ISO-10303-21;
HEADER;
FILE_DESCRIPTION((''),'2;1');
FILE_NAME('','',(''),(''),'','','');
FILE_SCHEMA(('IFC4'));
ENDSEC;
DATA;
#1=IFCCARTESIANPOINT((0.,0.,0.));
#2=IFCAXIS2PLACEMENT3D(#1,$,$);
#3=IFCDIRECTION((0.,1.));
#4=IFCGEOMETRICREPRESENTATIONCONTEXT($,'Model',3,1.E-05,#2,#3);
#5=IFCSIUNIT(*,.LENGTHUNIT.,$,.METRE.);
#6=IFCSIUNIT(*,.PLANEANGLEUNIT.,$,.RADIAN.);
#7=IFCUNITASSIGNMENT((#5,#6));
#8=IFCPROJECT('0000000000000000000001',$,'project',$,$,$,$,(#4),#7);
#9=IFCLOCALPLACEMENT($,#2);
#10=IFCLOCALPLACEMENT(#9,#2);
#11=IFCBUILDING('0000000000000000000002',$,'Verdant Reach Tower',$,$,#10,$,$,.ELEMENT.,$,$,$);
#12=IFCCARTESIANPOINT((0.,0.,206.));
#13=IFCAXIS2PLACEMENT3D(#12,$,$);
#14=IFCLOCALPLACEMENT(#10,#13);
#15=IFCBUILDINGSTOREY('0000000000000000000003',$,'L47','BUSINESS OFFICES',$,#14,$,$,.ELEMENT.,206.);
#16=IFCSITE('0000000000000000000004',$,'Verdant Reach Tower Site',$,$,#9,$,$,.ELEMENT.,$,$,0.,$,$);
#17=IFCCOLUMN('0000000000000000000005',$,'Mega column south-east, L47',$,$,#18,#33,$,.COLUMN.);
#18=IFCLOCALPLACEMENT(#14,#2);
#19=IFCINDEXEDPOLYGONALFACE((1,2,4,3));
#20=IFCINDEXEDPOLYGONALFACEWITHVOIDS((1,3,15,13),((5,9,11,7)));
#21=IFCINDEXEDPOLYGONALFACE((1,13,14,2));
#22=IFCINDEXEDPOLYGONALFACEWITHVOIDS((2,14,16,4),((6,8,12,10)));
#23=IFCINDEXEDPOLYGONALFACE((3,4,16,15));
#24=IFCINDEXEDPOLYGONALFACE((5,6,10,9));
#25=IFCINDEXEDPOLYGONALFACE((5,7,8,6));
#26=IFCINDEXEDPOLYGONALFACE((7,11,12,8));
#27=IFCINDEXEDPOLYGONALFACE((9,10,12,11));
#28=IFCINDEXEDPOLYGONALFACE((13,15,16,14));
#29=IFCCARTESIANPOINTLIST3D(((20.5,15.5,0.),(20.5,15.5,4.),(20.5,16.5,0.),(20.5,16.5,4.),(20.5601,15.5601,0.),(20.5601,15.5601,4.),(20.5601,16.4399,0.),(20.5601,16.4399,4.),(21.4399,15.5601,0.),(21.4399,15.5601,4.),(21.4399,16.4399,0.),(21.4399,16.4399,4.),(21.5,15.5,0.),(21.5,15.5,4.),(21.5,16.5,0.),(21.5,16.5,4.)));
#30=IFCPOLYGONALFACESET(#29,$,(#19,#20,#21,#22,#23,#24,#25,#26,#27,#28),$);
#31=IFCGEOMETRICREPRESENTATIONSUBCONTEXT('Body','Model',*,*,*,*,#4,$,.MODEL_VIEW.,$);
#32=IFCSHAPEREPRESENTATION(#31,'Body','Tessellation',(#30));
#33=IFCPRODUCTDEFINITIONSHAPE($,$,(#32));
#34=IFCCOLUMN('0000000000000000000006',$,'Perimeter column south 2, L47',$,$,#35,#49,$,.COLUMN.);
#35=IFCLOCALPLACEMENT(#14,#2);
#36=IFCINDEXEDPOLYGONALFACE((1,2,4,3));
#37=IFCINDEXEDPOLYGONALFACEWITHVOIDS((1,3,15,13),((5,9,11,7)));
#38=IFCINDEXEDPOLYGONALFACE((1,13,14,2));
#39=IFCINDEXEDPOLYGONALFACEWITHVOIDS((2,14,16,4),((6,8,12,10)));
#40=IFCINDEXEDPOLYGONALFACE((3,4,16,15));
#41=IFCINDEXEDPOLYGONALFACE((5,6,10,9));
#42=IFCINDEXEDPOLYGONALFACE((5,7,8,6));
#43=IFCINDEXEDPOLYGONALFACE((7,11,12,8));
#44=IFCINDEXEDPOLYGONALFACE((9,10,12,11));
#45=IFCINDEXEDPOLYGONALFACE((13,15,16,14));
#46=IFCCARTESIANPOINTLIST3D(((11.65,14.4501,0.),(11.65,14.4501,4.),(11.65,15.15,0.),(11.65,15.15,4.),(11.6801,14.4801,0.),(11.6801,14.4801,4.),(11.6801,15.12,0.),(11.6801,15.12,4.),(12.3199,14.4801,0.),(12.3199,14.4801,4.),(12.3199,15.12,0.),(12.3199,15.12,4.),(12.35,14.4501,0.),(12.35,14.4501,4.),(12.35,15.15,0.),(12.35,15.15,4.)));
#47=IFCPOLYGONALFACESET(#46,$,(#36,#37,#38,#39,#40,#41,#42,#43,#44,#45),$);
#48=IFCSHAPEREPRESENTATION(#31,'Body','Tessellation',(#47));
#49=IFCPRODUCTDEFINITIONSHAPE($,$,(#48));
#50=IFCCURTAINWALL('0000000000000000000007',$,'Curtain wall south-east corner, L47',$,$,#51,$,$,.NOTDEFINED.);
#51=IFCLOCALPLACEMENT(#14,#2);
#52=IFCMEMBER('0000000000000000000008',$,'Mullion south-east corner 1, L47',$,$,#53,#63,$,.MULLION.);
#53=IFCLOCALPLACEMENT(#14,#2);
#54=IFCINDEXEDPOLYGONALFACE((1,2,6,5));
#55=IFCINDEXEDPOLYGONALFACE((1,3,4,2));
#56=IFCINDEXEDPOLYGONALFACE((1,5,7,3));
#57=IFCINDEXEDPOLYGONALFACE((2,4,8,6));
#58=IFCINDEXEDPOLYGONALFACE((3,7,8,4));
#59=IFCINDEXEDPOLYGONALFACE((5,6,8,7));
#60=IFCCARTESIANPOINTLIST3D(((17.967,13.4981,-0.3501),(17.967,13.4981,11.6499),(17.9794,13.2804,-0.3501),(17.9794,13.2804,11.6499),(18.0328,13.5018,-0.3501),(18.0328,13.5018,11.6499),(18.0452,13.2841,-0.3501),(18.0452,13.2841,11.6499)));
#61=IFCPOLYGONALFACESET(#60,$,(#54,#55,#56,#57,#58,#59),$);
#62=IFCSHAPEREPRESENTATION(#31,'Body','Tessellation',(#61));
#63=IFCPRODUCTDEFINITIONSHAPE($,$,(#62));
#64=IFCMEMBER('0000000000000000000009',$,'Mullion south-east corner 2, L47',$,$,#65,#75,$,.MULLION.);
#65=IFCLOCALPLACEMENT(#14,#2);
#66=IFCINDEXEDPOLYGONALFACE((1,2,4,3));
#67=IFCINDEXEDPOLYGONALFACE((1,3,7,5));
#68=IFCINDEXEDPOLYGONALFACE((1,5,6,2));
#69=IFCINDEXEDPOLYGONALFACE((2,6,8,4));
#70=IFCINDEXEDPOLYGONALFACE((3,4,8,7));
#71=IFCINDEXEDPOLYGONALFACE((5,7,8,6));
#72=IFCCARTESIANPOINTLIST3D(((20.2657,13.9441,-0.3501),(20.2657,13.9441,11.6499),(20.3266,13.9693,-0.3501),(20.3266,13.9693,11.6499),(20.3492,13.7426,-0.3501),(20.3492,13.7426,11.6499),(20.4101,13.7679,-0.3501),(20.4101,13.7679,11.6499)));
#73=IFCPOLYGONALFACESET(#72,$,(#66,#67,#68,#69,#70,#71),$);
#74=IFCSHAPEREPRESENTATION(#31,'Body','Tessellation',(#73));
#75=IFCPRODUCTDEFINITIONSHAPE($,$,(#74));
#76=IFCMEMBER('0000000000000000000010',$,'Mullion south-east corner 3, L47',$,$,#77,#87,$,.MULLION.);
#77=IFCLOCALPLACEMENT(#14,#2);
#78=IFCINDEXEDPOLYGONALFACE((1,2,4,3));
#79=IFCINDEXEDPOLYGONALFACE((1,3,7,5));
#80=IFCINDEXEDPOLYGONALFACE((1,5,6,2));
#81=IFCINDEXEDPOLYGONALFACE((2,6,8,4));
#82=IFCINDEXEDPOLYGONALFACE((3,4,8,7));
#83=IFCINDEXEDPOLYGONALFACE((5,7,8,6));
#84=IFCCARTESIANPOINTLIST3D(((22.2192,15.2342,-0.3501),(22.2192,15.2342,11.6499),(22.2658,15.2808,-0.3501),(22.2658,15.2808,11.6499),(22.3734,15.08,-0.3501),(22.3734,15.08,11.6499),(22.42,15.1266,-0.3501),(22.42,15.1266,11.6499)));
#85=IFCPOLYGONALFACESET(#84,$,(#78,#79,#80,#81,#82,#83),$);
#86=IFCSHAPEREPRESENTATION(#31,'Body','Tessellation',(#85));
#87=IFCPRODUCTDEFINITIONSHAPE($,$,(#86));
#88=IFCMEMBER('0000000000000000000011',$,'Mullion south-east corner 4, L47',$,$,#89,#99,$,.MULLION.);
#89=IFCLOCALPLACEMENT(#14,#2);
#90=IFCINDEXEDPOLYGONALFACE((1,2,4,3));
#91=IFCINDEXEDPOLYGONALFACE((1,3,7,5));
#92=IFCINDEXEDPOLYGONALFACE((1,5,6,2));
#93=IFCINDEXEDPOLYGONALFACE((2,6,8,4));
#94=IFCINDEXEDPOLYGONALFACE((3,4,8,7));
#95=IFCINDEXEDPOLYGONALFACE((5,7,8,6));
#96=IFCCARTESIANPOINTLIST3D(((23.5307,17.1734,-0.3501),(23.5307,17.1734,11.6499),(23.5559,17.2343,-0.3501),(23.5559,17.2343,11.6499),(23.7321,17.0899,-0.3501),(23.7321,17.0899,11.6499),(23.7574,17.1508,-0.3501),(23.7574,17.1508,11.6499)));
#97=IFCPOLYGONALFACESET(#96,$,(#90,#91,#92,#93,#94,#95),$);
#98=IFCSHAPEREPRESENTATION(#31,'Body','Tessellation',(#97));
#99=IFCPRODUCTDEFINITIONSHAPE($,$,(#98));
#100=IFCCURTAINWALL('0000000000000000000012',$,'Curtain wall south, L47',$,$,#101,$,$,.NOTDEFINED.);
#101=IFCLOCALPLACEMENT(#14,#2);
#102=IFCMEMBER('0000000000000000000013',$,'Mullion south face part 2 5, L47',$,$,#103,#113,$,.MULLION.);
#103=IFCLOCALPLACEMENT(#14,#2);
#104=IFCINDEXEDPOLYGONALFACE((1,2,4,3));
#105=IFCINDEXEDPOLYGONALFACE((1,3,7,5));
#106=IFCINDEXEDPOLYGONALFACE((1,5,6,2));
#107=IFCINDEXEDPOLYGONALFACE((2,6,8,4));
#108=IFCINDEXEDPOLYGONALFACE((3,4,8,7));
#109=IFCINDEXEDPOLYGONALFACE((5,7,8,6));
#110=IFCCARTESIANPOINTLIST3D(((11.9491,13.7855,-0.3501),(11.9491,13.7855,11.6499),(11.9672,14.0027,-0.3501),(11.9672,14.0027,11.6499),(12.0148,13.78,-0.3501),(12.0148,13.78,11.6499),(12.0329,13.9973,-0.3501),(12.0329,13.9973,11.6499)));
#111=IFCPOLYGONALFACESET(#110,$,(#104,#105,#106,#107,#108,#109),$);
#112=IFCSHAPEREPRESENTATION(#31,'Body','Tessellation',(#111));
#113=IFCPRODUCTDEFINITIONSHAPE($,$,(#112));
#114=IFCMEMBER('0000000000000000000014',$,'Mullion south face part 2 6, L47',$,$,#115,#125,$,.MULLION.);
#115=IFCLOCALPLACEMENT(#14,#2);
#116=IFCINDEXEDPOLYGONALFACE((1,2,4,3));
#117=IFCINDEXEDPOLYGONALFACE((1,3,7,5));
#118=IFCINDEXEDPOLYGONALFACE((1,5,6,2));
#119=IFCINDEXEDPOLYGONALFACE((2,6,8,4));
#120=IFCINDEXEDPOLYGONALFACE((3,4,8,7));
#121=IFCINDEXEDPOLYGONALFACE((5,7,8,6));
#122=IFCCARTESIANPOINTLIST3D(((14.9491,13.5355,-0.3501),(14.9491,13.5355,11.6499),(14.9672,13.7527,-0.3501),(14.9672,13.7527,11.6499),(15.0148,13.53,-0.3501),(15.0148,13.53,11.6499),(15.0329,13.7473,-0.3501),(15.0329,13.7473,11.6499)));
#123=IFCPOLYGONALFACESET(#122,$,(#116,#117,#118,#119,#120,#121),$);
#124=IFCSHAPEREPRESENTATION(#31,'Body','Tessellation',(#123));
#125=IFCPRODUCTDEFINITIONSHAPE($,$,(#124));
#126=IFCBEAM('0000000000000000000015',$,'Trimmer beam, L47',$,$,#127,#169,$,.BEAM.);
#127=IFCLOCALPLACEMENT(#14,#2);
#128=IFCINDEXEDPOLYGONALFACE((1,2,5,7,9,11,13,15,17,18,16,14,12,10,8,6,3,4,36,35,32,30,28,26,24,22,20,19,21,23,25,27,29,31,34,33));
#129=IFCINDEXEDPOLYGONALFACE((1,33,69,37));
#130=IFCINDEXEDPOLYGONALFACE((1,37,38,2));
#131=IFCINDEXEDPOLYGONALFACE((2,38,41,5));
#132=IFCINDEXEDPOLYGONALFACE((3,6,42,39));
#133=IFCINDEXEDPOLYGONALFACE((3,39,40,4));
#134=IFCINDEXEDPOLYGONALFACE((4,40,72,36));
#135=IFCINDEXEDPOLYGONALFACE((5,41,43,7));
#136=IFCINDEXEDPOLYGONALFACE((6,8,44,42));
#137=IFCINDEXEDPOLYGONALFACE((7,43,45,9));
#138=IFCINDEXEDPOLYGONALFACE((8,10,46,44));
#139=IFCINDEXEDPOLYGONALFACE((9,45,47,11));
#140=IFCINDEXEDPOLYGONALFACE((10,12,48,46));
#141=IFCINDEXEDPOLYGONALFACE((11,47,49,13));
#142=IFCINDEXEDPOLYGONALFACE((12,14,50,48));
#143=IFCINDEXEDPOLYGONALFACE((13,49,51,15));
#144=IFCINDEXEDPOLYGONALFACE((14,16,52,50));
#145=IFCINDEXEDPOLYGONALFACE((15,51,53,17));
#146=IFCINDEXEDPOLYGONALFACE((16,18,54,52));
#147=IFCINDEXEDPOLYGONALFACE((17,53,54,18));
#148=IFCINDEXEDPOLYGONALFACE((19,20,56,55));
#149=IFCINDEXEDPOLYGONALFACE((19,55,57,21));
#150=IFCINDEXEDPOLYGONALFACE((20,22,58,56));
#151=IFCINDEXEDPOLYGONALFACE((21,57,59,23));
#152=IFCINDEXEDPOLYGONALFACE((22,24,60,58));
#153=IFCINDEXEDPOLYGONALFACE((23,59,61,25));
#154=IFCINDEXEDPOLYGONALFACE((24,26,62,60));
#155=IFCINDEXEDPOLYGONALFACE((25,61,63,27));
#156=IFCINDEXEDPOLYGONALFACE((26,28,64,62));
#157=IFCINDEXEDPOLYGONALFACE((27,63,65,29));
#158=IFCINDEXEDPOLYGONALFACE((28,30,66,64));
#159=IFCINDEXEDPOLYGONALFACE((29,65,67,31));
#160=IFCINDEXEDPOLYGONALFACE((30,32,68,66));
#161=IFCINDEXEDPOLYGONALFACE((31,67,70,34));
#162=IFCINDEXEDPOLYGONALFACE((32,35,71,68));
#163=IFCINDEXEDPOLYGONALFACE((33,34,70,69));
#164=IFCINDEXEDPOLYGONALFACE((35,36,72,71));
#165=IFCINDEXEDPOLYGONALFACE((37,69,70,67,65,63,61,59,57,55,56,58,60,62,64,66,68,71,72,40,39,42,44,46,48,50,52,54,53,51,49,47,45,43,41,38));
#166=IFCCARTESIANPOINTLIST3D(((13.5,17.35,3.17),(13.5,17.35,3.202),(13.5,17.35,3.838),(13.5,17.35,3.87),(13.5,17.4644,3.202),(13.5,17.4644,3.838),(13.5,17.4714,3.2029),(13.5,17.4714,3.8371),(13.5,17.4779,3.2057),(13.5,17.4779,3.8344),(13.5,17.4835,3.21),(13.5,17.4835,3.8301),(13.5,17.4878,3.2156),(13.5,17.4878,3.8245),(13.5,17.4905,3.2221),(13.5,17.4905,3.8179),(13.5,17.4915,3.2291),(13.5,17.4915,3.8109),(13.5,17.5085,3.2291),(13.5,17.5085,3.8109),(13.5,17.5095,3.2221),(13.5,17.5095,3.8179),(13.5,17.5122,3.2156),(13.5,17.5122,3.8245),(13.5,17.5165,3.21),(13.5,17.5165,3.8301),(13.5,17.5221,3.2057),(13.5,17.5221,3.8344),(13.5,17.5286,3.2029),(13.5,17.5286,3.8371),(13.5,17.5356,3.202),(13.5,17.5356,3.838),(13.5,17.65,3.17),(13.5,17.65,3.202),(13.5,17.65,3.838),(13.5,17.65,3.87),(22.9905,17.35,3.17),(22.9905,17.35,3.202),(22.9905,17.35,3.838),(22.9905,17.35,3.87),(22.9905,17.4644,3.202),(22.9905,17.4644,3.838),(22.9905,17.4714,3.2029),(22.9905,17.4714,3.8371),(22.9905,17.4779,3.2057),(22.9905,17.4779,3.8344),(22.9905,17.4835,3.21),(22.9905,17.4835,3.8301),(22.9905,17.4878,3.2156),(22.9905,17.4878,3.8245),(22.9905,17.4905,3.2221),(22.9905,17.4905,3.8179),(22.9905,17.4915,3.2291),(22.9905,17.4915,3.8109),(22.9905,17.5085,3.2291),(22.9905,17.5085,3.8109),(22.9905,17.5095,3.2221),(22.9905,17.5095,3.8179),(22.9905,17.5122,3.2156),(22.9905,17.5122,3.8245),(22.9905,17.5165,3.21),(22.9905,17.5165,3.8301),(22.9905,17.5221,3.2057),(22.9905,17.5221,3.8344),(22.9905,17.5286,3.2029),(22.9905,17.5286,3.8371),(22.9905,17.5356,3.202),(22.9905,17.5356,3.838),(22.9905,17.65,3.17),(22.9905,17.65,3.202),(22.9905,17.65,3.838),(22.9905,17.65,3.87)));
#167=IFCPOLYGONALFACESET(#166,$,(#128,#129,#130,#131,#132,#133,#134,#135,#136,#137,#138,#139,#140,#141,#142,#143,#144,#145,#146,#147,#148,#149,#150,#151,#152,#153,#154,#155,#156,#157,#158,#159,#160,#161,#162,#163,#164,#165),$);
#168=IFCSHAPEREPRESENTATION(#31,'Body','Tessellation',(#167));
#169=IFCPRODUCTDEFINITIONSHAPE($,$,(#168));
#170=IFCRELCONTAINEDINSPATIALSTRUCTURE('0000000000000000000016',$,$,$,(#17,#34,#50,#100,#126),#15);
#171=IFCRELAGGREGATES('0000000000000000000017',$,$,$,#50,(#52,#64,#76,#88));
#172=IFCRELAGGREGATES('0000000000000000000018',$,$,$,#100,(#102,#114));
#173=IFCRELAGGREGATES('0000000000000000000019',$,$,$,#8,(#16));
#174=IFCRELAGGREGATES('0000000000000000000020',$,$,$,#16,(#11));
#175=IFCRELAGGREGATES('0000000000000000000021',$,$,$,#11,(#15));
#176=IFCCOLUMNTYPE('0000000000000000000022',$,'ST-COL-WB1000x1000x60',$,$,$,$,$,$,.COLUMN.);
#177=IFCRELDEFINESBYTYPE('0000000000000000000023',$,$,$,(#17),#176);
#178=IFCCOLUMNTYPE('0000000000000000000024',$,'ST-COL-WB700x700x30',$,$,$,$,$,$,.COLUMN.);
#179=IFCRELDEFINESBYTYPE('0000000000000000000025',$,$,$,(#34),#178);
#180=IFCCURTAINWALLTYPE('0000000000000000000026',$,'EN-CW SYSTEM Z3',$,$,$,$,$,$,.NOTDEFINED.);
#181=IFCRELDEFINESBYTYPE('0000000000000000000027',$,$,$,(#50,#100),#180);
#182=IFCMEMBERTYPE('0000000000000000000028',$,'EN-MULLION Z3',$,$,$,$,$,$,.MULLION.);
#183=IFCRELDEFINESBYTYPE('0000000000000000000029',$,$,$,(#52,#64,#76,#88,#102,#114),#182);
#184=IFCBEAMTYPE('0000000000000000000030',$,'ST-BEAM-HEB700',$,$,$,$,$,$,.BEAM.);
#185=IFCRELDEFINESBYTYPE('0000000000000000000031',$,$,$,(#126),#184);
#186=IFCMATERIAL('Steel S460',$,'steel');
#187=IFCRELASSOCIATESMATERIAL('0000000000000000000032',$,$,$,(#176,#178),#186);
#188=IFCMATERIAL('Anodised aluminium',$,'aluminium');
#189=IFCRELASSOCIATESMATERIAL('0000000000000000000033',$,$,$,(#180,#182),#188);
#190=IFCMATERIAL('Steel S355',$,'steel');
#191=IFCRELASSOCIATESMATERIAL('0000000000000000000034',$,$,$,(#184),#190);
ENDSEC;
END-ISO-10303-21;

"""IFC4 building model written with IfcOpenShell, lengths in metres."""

from ifc_helpers import new_model, si_unit, direction, frame, origin, origin_2d, place, context, subcontext, project, spatial, rectangle, hollow_rectangle, i_section, extrude, material, material_profile, profile_set, type_object, element, aggregate, save


model = new_model("IFC4")

# Units and contexts
model_context = context("Model", 3, precision=1e-05, world=origin(), true_north=direction((0.0, 1.0)))
body_context = subcontext(model_context, "Body", "Model", "MODEL_VIEW")
ifc_project = project(units=[si_unit("LENGTHUNIT", "METRE"), si_unit("PLANEANGLEUNIT", "RADIAN")], contexts=[model_context])

# Site, building, storey
site_placement = place(None, origin())
site = spatial("IfcSite", under=ifc_project, at=site_placement, Name="Verdant Reach Tower Site", CompositionType="ELEMENT", RefElevation=0.0)
building_placement = place(site_placement, origin())
building = spatial("IfcBuilding", under=site, at=building_placement, Name="Verdant Reach Tower", CompositionType="ELEMENT")
storey_placement = place(building_placement, frame((0.0, 0.0, 206.0)))
storey = spatial("IfcBuildingStorey", under=building, at=storey_placement, Name="L47", Description="BUSINESS OFFICES", CompositionType="ELEMENT", Elevation=206.0)

# Columns
ifc_material_1 = material(Name="Steel S460", Category="steel")
ifc_material_profile_1 = material_profile(ifc_material_1, hollow_rectangle(XDim=1.0, YDim=1.0, WallThickness=0.0601, at=origin_2d()), Name="WB 1000x1000x60")
ifc_profile_set_1 = profile_set([ifc_material_profile_1], Name="Steel S460")
column_type_1 = type_object("IfcColumnType", Name="ST-COL-WB1000x1000x60", PredefinedType="COLUMN", material=ifc_profile_set_1)
column_1_placement = place(storey_placement, frame((21.0, 16.0, 0.0), z_axis=(0.0, 0.0, 1.0), x_axis=(1.0, 0.0, 0.0)))
element("IfcColumn", 1, at=column_1_placement, inside=storey, type_object=column_type_1, Name="Mega column south-east, L47", PredefinedType="COLUMN", context=body_context, shape_type="SweptSolid", body=[
    extrude(hollow_rectangle(XDim=1.0, YDim=1.0, WallThickness=0.0601, at=origin_2d()), origin(), (0.0, 0.0, 1.0), 4.0),
])
ifc_material_profile_2 = material_profile(ifc_material_1, hollow_rectangle(XDim=0.7, YDim=0.7, WallThickness=0.03, at=origin_2d()), Name="WB 700x700x30")
ifc_profile_set_2 = profile_set([ifc_material_profile_2], Name="Steel S460")
column_type_2 = type_object("IfcColumnType", Name="ST-COL-WB700x700x30", PredefinedType="COLUMN", material=ifc_profile_set_2)
column_2_placement = place(storey_placement, frame((12.0, 14.8, 0.0), z_axis=(0.0, 0.0, 1.0), x_axis=(1.0, 0.0, 0.0)))
element("IfcColumn", 2, at=column_2_placement, inside=storey, type_object=column_type_2, Name="Perimeter column south 2, L47", PredefinedType="COLUMN", context=body_context, shape_type="SweptSolid", body=[
    extrude(hollow_rectangle(XDim=0.7, YDim=0.7, WallThickness=0.03, at=origin_2d()), origin(), (0.0, 0.0, 1.0), 4.0),
])

# Curtain walls, members
ifc_material_2 = material(Name="Anodised aluminium", Category="aluminium")
curtain_wall_type = type_object("IfcCurtainWallType", Name="EN-CW SYSTEM Z3", PredefinedType="NOTDEFINED", material=ifc_material_2)
curtain_wall_1_placement = place(storey_placement, origin())
curtain_wall_1 = element("IfcCurtainWall", 3, at=curtain_wall_1_placement, inside=storey, type_object=curtain_wall_type, Name="Curtain wall south-east corner, L47", PredefinedType="NOTDEFINED")
ifc_material_profile_3 = material_profile(ifc_material_2, rectangle(XDim=0.218, YDim=0.0659, at=origin_2d()), Name="Mullion 66x218")
ifc_profile_set_3 = profile_set([ifc_material_profile_3], Name="Anodised aluminium")
member_type = type_object("IfcMemberType", Name="EN-MULLION Z3", PredefinedType="MULLION", material=ifc_profile_set_3)
member_1_placement = place(storey_placement, frame((18.0061, 13.3911, -0.3501), z_axis=(0.0, 0.0, 1.0), x_axis=(0.056569, -0.998399, 0.0)))
member_1 = element("IfcMember", 4, at=member_1_placement, type_object=member_type, Name="Mullion south-east corner 1, L47", PredefinedType="MULLION", context=body_context, shape_type="SweptSolid", body=[
    extrude(rectangle(XDim=0.218, YDim=0.0659, at=origin_2d()), origin(), (0.0, 0.0, 1.0), 12.0),
])
member_2_placement = place(storey_placement, frame((20.3379, 13.856, -0.3501), z_axis=(0.0, 0.0, 1.0), x_axis=(0.382694, -0.923875, 0.0)))
member_2 = element("IfcMember", 5, at=member_2_placement, type_object=member_type, Name="Mullion south-east corner 2, L47", PredefinedType="MULLION", context=body_context, shape_type="SweptSolid", body=[
    extrude(rectangle(XDim=0.218, YDim=0.0659, at=origin_2d()), origin(), (0.0, 0.0, 1.0), 12.0),
])
member_3_placement = place(storey_placement, frame((22.3196, 15.1804, -0.3501), z_axis=(0.0, 0.0, 1.0), x_axis=(0.707107, -0.707107, 0.0)))
member_3 = element("IfcMember", 6, at=member_3_placement, type_object=member_type, Name="Mullion south-east corner 3, L47", PredefinedType="MULLION", context=body_context, shape_type="SweptSolid", body=[
    extrude(rectangle(XDim=0.218, YDim=0.0659, at=origin_2d()), origin(), (0.0, 0.0, 1.0), 12.0),
])
member_4_placement = place(storey_placement, frame((23.644, 17.1621, -0.3501), z_axis=(0.0, 0.0, 1.0), x_axis=(0.923875, -0.382694, 0.0)))
member_4 = element("IfcMember", 7, at=member_4_placement, type_object=member_type, Name="Mullion south-east corner 4, L47", PredefinedType="MULLION", context=body_context, shape_type="SweptSolid", body=[
    extrude(rectangle(XDim=0.218, YDim=0.0659, at=origin_2d()), origin(), (0.0, 0.0, 1.0), 12.0),
])
curtain_wall_2_placement = place(storey_placement, origin())
curtain_wall_2 = element("IfcCurtainWall", 8, at=curtain_wall_2_placement, inside=storey, type_object=curtain_wall_type, Name="Curtain wall south, L47", PredefinedType="NOTDEFINED")
member_5_placement = place(storey_placement, frame((11.991, 13.8914, -0.3501), z_axis=(0.0, 0.0, 1.0), x_axis=(-0.083045, -0.996546, 0.0)))
member_5 = element("IfcMember", 9, at=member_5_placement, type_object=member_type, Name="Mullion south face part 2 5, L47", PredefinedType="MULLION", context=body_context, shape_type="SweptSolid", body=[
    extrude(rectangle(XDim=0.218, YDim=0.0659, at=origin_2d()), origin(), (0.0, 0.0, 1.0), 12.0),
])
member_6_placement = place(storey_placement, frame((14.991, 13.6414, -0.3501), z_axis=(0.0, 0.0, 1.0), x_axis=(-0.083045, -0.996546, 0.0)))
member_6 = element("IfcMember", 10, at=member_6_placement, type_object=member_type, Name="Mullion south face part 2 6, L47", PredefinedType="MULLION", context=body_context, shape_type="SweptSolid", body=[
    extrude(rectangle(XDim=0.218, YDim=0.0659, at=origin_2d()), origin(), (0.0, 0.0, 1.0), 12.0),
])

# Beam
ifc_material_3 = material(Name="Steel S355", Category="steel")
ifc_material_profile_4 = material_profile(ifc_material_3, i_section(OverallWidth=0.3, OverallDepth=0.7, WebThickness=0.0171, FlangeThickness=0.032, FilletRadius=0.0271, at=origin_2d()), Name="HEB 700")
ifc_profile_set_4 = profile_set([ifc_material_profile_4], Name="Steel S355")
beam_type_1 = type_object("IfcBeamType", Name="ST-BEAM-HEB700", PredefinedType="BEAM", material=ifc_profile_set_4)
beam_1_placement = place(storey_placement, frame((13.5, 17.5, 3.52), z_axis=(1.0, 0.0, 0.0), x_axis=(0.0, 1.0, 0.0)))
element("IfcBeam", 11, at=beam_1_placement, inside=storey, type_object=beam_type_1, Name="Trimmer beam, L47", PredefinedType="BEAM", context=body_context, shape_type="SweptSolid", body=[
    extrude(i_section(OverallWidth=0.3, OverallDepth=0.7, WebThickness=0.0171, FlangeThickness=0.032, FilletRadius=0.0271, at=origin_2d()), origin(), (0.0, 0.0, 1.0), 9.4905),
])

aggregate(curtain_wall_1, [member_1, member_2, member_3, member_4])
aggregate(curtain_wall_2, [member_5, member_6])

save(model, "model.ifc")
